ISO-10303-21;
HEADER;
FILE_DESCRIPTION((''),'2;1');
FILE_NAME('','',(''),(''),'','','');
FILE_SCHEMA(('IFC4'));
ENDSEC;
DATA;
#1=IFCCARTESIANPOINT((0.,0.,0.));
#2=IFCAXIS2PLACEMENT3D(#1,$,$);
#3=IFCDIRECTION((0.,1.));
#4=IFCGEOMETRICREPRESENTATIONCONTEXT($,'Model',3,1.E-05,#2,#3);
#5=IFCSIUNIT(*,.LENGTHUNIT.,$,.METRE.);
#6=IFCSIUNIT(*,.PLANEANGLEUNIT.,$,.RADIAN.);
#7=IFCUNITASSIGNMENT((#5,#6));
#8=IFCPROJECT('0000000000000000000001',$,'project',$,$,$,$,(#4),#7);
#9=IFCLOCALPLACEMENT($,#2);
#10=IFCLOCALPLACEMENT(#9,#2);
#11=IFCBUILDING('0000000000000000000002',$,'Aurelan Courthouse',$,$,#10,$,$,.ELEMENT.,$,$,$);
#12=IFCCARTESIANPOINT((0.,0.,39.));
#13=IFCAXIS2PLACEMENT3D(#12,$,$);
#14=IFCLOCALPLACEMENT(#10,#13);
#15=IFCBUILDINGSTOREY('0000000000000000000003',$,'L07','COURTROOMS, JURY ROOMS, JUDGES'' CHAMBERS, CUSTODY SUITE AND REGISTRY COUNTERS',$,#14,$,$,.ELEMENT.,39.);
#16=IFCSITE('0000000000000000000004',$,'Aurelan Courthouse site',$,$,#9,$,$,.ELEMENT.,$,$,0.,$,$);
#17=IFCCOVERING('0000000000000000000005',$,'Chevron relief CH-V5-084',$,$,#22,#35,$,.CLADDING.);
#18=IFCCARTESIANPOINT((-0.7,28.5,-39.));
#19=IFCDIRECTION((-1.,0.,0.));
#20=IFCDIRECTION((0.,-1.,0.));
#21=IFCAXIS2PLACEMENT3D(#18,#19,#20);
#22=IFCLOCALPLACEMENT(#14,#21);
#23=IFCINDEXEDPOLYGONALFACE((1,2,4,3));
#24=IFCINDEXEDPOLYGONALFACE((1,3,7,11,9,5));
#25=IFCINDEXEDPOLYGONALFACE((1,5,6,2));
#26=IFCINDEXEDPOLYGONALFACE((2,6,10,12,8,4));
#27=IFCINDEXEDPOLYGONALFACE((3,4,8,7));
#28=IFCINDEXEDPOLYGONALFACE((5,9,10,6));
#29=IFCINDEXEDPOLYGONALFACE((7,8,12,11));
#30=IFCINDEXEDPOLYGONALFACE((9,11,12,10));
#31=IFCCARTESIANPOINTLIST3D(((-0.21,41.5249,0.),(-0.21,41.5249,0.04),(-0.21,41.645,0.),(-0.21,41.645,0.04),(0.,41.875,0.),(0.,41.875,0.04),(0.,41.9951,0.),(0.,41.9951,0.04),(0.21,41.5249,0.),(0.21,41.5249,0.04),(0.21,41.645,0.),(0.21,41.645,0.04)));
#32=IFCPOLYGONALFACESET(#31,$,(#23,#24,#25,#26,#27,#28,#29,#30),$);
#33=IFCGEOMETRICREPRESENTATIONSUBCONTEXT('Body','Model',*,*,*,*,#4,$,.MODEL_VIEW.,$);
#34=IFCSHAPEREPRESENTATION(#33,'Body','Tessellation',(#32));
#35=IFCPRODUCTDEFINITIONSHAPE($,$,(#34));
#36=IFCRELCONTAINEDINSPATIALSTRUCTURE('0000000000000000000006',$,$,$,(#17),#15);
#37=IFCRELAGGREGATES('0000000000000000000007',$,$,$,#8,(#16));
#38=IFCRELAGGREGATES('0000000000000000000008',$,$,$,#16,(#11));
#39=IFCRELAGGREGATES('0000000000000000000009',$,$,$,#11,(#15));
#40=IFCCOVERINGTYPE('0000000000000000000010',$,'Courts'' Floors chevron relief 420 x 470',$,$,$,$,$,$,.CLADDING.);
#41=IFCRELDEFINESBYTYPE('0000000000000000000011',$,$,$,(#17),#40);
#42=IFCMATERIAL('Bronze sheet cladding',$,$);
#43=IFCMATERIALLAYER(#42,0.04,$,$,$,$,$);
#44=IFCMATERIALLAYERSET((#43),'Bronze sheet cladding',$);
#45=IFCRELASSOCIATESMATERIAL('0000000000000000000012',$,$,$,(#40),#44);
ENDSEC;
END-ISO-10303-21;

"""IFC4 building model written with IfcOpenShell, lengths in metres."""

from ifc_helpers import new_model, si_unit, direction, frame, origin, place, context, subcontext, project, spatial, polyline, outline, extrude, material, layer, layer_set, type_object, element, save


model = new_model("IFC4")

# Units and contexts
model_context = context("Model", 3, precision=1e-05, world=origin(), true_north=direction((0.0, 1.0)))
body_context = subcontext(model_context, "Body", "Model", "MODEL_VIEW")
ifc_project = project(units=[si_unit("LENGTHUNIT", "METRE"), si_unit("PLANEANGLEUNIT", "RADIAN")], contexts=[model_context])

# Site, building, storey
site_placement = place(None, origin())
site = spatial("IfcSite", under=ifc_project, at=site_placement, Name="Aurelan Courthouse site", CompositionType="ELEMENT", RefElevation=0.0)
building_placement = place(site_placement, origin())
building = spatial("IfcBuilding", under=site, at=building_placement, Name="Aurelan Courthouse", CompositionType="ELEMENT")
storey_placement = place(building_placement, frame((0.0, 0.0, 39.0)))
storey = spatial("IfcBuildingStorey", under=building, at=storey_placement, Name="L07", Description="COURTROOMS, JURY ROOMS, JUDGES' CHAMBERS, CUSTODY SUITE AND REGISTRY COUNTERS", CompositionType="ELEMENT", Elevation=39.0)

# Covering
ifc_material_1 = material(Name="Bronze sheet cladding")
ifc_layer_1 = layer(ifc_material_1, 0.04)
ifc_layer_set_1 = layer_set([ifc_layer_1], Name="Bronze sheet cladding")
covering_type = type_object("IfcCoveringType", Name="Courts' Floors chevron relief 420 x 470", PredefinedType="CLADDING", material=ifc_layer_set_1)
covering_placement = place(storey_placement, frame((-0.7, 28.5, -39.0), z_axis=(-1.0, 0.0, 0.0), x_axis=(0.0, -1.0, 0.0)))
element("IfcCovering", 1, at=covering_placement, inside=storey, type_object=covering_type, Name="Chevron relief CH-V5-084", PredefinedType="CLADDING", context=body_context, shape_type="SweptSolid", body=[
    extrude(outline(polyline([(-0.21, 41.5249), (0.0, 41.875), (0.21, 41.5249), (0.21, 41.645), (0.0, 41.9951), (-0.21, 41.645), (-0.21, 41.5249)])), origin(), (0.0, 0.0, 1.0), 0.04),
])

save(model, "model.ifc")
